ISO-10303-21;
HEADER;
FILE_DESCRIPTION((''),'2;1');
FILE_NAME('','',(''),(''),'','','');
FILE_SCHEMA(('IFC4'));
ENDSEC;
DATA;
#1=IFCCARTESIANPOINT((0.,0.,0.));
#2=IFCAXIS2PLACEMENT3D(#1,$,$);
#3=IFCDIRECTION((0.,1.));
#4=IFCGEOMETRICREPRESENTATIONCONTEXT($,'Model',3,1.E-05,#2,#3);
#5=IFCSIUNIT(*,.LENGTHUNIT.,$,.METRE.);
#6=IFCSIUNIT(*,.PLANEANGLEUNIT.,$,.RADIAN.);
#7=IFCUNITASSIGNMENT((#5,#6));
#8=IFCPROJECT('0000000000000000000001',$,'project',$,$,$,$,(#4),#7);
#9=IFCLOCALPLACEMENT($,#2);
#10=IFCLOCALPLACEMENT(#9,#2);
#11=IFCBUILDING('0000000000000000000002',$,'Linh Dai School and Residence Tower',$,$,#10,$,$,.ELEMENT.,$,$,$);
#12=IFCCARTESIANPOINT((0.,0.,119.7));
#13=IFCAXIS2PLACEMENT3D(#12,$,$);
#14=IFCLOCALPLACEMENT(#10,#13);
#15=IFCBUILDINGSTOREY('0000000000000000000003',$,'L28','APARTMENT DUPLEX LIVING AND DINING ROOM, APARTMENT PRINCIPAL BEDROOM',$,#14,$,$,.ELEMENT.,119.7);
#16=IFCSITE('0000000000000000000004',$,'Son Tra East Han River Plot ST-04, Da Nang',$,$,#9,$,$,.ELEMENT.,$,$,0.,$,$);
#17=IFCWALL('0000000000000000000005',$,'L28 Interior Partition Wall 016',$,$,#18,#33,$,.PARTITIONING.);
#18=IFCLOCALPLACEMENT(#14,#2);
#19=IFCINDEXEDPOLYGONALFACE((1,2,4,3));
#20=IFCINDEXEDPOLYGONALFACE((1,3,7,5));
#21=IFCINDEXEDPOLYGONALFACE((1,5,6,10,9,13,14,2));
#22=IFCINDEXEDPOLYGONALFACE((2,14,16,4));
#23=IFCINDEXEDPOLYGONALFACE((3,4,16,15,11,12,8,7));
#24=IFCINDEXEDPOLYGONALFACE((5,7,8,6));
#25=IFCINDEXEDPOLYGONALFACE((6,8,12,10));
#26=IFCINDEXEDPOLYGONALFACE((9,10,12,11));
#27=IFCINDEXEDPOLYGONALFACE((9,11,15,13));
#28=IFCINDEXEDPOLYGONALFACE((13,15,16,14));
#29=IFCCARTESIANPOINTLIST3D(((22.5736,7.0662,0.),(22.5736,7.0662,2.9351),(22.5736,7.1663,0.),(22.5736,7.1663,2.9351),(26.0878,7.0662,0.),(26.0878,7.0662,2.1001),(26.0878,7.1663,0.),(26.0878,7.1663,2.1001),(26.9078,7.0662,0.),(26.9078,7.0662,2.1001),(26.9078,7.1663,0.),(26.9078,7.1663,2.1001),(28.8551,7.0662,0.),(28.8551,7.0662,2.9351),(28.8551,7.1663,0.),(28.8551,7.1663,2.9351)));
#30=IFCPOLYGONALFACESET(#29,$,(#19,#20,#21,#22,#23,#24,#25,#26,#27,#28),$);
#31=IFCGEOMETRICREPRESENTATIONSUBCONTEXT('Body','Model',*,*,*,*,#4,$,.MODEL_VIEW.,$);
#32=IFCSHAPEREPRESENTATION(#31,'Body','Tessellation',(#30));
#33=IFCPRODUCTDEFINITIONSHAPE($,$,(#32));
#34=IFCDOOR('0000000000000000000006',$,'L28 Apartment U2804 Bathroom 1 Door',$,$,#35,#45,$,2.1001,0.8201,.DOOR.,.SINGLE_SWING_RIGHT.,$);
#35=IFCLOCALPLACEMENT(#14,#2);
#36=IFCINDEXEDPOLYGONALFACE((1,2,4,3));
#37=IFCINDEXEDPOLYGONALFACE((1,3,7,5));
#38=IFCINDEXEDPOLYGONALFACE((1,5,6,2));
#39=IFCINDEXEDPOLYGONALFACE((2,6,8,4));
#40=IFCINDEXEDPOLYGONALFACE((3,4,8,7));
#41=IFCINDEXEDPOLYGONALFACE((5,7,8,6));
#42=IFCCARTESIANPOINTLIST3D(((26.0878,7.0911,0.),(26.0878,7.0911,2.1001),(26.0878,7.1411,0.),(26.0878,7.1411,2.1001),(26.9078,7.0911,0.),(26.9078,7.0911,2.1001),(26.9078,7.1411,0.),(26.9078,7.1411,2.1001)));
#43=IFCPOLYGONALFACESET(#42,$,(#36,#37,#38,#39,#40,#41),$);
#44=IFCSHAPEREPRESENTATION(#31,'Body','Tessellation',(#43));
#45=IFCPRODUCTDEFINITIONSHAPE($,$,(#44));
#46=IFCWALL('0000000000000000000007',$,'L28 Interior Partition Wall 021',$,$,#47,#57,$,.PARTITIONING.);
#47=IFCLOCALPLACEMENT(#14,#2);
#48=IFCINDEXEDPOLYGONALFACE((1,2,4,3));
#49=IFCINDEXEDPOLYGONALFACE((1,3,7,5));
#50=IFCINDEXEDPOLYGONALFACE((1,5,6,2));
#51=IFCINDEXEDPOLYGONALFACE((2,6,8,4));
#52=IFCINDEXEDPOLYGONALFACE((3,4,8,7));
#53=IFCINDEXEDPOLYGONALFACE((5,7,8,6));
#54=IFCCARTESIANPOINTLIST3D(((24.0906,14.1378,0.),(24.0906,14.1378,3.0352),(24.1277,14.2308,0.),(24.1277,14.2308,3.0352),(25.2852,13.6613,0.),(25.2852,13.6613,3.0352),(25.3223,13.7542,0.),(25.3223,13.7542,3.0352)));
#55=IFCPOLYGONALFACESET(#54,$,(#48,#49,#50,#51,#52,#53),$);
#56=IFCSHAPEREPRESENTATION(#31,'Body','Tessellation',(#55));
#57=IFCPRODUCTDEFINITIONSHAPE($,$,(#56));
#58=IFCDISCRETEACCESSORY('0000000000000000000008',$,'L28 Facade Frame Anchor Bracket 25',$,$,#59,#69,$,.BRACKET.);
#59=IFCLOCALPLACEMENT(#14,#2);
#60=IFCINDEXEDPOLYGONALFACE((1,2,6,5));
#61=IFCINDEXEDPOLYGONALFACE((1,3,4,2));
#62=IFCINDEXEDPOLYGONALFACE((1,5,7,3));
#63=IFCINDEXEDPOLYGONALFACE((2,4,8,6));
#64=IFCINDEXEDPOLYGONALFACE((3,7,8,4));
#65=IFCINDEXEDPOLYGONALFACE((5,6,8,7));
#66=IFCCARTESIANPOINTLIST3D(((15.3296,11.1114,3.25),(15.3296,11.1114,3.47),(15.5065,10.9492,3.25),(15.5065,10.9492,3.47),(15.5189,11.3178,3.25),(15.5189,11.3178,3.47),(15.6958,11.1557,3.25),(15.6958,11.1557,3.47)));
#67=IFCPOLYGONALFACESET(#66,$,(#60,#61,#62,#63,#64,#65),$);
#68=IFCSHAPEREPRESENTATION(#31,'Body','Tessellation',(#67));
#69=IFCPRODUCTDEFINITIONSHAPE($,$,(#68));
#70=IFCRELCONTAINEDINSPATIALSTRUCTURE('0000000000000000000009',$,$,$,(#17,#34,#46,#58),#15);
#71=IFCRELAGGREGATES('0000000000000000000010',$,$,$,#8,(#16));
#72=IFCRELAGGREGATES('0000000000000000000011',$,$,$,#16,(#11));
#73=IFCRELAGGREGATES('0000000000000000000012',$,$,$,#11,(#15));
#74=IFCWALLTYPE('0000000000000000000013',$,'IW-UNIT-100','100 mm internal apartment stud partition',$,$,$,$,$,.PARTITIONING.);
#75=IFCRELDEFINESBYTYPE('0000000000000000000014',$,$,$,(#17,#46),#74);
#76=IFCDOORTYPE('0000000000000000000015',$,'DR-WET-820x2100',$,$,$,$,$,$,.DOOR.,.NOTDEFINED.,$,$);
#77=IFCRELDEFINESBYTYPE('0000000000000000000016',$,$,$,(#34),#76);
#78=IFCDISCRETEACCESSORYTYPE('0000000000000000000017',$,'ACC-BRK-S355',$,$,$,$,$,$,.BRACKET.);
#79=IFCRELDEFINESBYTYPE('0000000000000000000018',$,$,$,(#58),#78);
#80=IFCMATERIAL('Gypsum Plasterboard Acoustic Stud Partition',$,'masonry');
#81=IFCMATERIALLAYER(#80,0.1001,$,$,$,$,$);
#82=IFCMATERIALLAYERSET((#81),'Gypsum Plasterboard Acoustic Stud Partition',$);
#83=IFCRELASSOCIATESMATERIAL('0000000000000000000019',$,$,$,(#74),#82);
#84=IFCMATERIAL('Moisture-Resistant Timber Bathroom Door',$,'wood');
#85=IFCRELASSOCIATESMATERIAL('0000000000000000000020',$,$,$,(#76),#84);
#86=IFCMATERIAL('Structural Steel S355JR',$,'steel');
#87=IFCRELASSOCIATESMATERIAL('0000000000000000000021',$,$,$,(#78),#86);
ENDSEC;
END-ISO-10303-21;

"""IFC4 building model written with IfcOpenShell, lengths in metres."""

from ifc_helpers import new_model, si_unit, direction, frame, frame_2d, origin, origin_2d, place, context, subcontext, project, spatial, rectangle, extrude, source, transform, mapped, material, layer, layer_set, type_object, element, fill, save


model = new_model("IFC4")

# Units and contexts
model_context = context("Model", 3, precision=1e-05, world=origin(), true_north=direction((0.0, 1.0)))
body_context = subcontext(model_context, "Body", "Model", "MODEL_VIEW")
ifc_project = project(units=[si_unit("LENGTHUNIT", "METRE"), si_unit("PLANEANGLEUNIT", "RADIAN")], contexts=[model_context])

# Site, building, storey
site_placement = place(None, origin())
site = spatial("IfcSite", under=ifc_project, at=site_placement, Name="Son Tra East Han River Plot ST-04, Da Nang", CompositionType="ELEMENT", RefElevation=0.0)
building_placement = place(site_placement, origin())
building = spatial("IfcBuilding", under=site, at=building_placement, Name="Linh Dai School and Residence Tower", CompositionType="ELEMENT")
storey_placement = place(building_placement, frame((0.0, 0.0, 119.7)))
storey = spatial("IfcBuildingStorey", under=building, at=storey_placement, Name="L28", Description="APARTMENT DUPLEX LIVING AND DINING ROOM, APARTMENT PRINCIPAL BEDROOM", CompositionType="ELEMENT", Elevation=119.7)

# Shared definitions
ifc_material_1 = material(Name="Structural Steel S355JR", Category="steel")

# Shared definitions
ifc_material_2 = material(Name="Gypsum Plasterboard Acoustic Stud Partition", Category="masonry")
ifc_layer_1 = layer(ifc_material_2, 0.1001)
ifc_layer_set_1 = layer_set([ifc_layer_1], Name="Gypsum Plasterboard Acoustic Stud Partition")
wall_type_1 = type_object("IfcWallType", Name="IW-UNIT-100", Description="100 mm internal apartment stud partition", PredefinedType="PARTITIONING", material=ifc_layer_set_1)

# Wall, opening, door
wall_1_placement = place(storey_placement, frame((22.5737, 7.1162, 0.0), z_axis=(0.0, 0.0, 1.0), x_axis=(1.0, 0.0, 0.0)))
wall_1 = element("IfcWall", 1, at=wall_1_placement, inside=storey, type_object=wall_type_1, Name="L28 Interior Partition Wall 016", PredefinedType="PARTITIONING", context=body_context, shape_type="SweptSolid", body=[
    extrude(rectangle(XDim=6.2815, YDim=0.1001, at=frame_2d((3.1406, 0.0))), origin(), (0.0, 0.0, 1.0), 2.9351),
])
opening_1_placement = place(wall_1_placement, frame((3.5139, 0.0, 0.0)))
opening_1 = element("IfcOpeningElement", 2, at=opening_1_placement, cuts=wall_1, PredefinedType="OPENING", context=body_context, shape_type="SweptSolid", body=[
    extrude(rectangle(XDim=0.8201, YDim=2.1001, at=origin_2d()), frame((0.4102, 0.0601, 1.05), z_axis=(0.0, -1.0, 0.0), x_axis=(1.0, 0.0, 0.0)), (0.0, 0.0, 1.0), 0.1201),
])
ifc_material_3 = material(Name="Moisture-Resistant Timber Bathroom Door", Category="wood")
door_type_1 = type_object("IfcDoorType", Name="DR-WET-820x2100", OperationType="NOTDEFINED", PredefinedType="DOOR", material=ifc_material_3)
shared_shape_1 = source(origin(), body_context, "Body", "SweptSolid", [
    extrude(rectangle(XDim=0.8201, YDim=2.1001, at=origin_2d()), frame((0.4102, 0.0249, 1.05), z_axis=(0.0, -1.0, 0.0), x_axis=(1.0, 0.0, 0.0)), (0.0, 0.0, 1.0), 0.05),
])
door_1_placement = place(opening_1_placement, origin())
door_1 = element("IfcDoor", 3, at=door_1_placement, inside=storey, type_object=door_type_1, Name="L28 Apartment U2804 Bathroom 1 Door", OperationType="SINGLE_SWING_RIGHT", OverallHeight=2.1001, OverallWidth=0.8201, PredefinedType="DOOR", context=body_context, shape_type="MappedRepresentation", body=[
    mapped(shared_shape_1, transform((0.0, 0.0, 0.0), x_axis=(1.0, 0.0, 0.0), y_axis=(0.0, 1.0, 0.0), z_axis=(0.0, 0.0, 1.0), scale=1.0)),
])
fill(opening_1, door_1)

# Wall
wall_2_placement = place(storey_placement, frame((24.1091, 14.1843, 0.0), z_axis=(0.0, 0.0, 1.0), x_axis=(0.928817, -0.37054, 0.0)))
element("IfcWall", 4, at=wall_2_placement, inside=storey, type_object=wall_type_1, Name="L28 Interior Partition Wall 021", PredefinedType="PARTITIONING", context=body_context, shape_type="SweptSolid", body=[
    extrude(rectangle(XDim=1.2861, YDim=0.1001, at=frame_2d((0.6431, 0.0))), origin(), (0.0, 0.0, 1.0), 3.0352),
])

# Discrete accessory
discrete_accessory_type = type_object("IfcDiscreteAccessoryType", Name="ACC-BRK-S355", PredefinedType="BRACKET", material=ifc_material_1)
shared_shape_2 = source(origin(), body_context, "Body", "SweptSolid", [
    extrude(rectangle(XDim=0.28, YDim=0.24, at=origin_2d()), origin(), (0.0, 0.0, 1.0), 0.22),
])
discrete_accessory_placement = place(storey_placement, frame((15.5127, 11.1335, 3.25), z_axis=(0.0, 0.0, 1.0), x_axis=(-0.675783, -0.7371, 0.0)))
element("IfcDiscreteAccessory", 5, at=discrete_accessory_placement, inside=storey, type_object=discrete_accessory_type, Name="L28 Facade Frame Anchor Bracket 25", PredefinedType="BRACKET", context=body_context, shape_type="MappedRepresentation", body=[
    mapped(shared_shape_2, transform((0.0, 0.0, 0.0), x_axis=(1.0, 0.0, 0.0), y_axis=(0.0, 1.0, 0.0), z_axis=(0.0, 0.0, 1.0), scale=1.0)),
])

save(model, "model.ifc")
